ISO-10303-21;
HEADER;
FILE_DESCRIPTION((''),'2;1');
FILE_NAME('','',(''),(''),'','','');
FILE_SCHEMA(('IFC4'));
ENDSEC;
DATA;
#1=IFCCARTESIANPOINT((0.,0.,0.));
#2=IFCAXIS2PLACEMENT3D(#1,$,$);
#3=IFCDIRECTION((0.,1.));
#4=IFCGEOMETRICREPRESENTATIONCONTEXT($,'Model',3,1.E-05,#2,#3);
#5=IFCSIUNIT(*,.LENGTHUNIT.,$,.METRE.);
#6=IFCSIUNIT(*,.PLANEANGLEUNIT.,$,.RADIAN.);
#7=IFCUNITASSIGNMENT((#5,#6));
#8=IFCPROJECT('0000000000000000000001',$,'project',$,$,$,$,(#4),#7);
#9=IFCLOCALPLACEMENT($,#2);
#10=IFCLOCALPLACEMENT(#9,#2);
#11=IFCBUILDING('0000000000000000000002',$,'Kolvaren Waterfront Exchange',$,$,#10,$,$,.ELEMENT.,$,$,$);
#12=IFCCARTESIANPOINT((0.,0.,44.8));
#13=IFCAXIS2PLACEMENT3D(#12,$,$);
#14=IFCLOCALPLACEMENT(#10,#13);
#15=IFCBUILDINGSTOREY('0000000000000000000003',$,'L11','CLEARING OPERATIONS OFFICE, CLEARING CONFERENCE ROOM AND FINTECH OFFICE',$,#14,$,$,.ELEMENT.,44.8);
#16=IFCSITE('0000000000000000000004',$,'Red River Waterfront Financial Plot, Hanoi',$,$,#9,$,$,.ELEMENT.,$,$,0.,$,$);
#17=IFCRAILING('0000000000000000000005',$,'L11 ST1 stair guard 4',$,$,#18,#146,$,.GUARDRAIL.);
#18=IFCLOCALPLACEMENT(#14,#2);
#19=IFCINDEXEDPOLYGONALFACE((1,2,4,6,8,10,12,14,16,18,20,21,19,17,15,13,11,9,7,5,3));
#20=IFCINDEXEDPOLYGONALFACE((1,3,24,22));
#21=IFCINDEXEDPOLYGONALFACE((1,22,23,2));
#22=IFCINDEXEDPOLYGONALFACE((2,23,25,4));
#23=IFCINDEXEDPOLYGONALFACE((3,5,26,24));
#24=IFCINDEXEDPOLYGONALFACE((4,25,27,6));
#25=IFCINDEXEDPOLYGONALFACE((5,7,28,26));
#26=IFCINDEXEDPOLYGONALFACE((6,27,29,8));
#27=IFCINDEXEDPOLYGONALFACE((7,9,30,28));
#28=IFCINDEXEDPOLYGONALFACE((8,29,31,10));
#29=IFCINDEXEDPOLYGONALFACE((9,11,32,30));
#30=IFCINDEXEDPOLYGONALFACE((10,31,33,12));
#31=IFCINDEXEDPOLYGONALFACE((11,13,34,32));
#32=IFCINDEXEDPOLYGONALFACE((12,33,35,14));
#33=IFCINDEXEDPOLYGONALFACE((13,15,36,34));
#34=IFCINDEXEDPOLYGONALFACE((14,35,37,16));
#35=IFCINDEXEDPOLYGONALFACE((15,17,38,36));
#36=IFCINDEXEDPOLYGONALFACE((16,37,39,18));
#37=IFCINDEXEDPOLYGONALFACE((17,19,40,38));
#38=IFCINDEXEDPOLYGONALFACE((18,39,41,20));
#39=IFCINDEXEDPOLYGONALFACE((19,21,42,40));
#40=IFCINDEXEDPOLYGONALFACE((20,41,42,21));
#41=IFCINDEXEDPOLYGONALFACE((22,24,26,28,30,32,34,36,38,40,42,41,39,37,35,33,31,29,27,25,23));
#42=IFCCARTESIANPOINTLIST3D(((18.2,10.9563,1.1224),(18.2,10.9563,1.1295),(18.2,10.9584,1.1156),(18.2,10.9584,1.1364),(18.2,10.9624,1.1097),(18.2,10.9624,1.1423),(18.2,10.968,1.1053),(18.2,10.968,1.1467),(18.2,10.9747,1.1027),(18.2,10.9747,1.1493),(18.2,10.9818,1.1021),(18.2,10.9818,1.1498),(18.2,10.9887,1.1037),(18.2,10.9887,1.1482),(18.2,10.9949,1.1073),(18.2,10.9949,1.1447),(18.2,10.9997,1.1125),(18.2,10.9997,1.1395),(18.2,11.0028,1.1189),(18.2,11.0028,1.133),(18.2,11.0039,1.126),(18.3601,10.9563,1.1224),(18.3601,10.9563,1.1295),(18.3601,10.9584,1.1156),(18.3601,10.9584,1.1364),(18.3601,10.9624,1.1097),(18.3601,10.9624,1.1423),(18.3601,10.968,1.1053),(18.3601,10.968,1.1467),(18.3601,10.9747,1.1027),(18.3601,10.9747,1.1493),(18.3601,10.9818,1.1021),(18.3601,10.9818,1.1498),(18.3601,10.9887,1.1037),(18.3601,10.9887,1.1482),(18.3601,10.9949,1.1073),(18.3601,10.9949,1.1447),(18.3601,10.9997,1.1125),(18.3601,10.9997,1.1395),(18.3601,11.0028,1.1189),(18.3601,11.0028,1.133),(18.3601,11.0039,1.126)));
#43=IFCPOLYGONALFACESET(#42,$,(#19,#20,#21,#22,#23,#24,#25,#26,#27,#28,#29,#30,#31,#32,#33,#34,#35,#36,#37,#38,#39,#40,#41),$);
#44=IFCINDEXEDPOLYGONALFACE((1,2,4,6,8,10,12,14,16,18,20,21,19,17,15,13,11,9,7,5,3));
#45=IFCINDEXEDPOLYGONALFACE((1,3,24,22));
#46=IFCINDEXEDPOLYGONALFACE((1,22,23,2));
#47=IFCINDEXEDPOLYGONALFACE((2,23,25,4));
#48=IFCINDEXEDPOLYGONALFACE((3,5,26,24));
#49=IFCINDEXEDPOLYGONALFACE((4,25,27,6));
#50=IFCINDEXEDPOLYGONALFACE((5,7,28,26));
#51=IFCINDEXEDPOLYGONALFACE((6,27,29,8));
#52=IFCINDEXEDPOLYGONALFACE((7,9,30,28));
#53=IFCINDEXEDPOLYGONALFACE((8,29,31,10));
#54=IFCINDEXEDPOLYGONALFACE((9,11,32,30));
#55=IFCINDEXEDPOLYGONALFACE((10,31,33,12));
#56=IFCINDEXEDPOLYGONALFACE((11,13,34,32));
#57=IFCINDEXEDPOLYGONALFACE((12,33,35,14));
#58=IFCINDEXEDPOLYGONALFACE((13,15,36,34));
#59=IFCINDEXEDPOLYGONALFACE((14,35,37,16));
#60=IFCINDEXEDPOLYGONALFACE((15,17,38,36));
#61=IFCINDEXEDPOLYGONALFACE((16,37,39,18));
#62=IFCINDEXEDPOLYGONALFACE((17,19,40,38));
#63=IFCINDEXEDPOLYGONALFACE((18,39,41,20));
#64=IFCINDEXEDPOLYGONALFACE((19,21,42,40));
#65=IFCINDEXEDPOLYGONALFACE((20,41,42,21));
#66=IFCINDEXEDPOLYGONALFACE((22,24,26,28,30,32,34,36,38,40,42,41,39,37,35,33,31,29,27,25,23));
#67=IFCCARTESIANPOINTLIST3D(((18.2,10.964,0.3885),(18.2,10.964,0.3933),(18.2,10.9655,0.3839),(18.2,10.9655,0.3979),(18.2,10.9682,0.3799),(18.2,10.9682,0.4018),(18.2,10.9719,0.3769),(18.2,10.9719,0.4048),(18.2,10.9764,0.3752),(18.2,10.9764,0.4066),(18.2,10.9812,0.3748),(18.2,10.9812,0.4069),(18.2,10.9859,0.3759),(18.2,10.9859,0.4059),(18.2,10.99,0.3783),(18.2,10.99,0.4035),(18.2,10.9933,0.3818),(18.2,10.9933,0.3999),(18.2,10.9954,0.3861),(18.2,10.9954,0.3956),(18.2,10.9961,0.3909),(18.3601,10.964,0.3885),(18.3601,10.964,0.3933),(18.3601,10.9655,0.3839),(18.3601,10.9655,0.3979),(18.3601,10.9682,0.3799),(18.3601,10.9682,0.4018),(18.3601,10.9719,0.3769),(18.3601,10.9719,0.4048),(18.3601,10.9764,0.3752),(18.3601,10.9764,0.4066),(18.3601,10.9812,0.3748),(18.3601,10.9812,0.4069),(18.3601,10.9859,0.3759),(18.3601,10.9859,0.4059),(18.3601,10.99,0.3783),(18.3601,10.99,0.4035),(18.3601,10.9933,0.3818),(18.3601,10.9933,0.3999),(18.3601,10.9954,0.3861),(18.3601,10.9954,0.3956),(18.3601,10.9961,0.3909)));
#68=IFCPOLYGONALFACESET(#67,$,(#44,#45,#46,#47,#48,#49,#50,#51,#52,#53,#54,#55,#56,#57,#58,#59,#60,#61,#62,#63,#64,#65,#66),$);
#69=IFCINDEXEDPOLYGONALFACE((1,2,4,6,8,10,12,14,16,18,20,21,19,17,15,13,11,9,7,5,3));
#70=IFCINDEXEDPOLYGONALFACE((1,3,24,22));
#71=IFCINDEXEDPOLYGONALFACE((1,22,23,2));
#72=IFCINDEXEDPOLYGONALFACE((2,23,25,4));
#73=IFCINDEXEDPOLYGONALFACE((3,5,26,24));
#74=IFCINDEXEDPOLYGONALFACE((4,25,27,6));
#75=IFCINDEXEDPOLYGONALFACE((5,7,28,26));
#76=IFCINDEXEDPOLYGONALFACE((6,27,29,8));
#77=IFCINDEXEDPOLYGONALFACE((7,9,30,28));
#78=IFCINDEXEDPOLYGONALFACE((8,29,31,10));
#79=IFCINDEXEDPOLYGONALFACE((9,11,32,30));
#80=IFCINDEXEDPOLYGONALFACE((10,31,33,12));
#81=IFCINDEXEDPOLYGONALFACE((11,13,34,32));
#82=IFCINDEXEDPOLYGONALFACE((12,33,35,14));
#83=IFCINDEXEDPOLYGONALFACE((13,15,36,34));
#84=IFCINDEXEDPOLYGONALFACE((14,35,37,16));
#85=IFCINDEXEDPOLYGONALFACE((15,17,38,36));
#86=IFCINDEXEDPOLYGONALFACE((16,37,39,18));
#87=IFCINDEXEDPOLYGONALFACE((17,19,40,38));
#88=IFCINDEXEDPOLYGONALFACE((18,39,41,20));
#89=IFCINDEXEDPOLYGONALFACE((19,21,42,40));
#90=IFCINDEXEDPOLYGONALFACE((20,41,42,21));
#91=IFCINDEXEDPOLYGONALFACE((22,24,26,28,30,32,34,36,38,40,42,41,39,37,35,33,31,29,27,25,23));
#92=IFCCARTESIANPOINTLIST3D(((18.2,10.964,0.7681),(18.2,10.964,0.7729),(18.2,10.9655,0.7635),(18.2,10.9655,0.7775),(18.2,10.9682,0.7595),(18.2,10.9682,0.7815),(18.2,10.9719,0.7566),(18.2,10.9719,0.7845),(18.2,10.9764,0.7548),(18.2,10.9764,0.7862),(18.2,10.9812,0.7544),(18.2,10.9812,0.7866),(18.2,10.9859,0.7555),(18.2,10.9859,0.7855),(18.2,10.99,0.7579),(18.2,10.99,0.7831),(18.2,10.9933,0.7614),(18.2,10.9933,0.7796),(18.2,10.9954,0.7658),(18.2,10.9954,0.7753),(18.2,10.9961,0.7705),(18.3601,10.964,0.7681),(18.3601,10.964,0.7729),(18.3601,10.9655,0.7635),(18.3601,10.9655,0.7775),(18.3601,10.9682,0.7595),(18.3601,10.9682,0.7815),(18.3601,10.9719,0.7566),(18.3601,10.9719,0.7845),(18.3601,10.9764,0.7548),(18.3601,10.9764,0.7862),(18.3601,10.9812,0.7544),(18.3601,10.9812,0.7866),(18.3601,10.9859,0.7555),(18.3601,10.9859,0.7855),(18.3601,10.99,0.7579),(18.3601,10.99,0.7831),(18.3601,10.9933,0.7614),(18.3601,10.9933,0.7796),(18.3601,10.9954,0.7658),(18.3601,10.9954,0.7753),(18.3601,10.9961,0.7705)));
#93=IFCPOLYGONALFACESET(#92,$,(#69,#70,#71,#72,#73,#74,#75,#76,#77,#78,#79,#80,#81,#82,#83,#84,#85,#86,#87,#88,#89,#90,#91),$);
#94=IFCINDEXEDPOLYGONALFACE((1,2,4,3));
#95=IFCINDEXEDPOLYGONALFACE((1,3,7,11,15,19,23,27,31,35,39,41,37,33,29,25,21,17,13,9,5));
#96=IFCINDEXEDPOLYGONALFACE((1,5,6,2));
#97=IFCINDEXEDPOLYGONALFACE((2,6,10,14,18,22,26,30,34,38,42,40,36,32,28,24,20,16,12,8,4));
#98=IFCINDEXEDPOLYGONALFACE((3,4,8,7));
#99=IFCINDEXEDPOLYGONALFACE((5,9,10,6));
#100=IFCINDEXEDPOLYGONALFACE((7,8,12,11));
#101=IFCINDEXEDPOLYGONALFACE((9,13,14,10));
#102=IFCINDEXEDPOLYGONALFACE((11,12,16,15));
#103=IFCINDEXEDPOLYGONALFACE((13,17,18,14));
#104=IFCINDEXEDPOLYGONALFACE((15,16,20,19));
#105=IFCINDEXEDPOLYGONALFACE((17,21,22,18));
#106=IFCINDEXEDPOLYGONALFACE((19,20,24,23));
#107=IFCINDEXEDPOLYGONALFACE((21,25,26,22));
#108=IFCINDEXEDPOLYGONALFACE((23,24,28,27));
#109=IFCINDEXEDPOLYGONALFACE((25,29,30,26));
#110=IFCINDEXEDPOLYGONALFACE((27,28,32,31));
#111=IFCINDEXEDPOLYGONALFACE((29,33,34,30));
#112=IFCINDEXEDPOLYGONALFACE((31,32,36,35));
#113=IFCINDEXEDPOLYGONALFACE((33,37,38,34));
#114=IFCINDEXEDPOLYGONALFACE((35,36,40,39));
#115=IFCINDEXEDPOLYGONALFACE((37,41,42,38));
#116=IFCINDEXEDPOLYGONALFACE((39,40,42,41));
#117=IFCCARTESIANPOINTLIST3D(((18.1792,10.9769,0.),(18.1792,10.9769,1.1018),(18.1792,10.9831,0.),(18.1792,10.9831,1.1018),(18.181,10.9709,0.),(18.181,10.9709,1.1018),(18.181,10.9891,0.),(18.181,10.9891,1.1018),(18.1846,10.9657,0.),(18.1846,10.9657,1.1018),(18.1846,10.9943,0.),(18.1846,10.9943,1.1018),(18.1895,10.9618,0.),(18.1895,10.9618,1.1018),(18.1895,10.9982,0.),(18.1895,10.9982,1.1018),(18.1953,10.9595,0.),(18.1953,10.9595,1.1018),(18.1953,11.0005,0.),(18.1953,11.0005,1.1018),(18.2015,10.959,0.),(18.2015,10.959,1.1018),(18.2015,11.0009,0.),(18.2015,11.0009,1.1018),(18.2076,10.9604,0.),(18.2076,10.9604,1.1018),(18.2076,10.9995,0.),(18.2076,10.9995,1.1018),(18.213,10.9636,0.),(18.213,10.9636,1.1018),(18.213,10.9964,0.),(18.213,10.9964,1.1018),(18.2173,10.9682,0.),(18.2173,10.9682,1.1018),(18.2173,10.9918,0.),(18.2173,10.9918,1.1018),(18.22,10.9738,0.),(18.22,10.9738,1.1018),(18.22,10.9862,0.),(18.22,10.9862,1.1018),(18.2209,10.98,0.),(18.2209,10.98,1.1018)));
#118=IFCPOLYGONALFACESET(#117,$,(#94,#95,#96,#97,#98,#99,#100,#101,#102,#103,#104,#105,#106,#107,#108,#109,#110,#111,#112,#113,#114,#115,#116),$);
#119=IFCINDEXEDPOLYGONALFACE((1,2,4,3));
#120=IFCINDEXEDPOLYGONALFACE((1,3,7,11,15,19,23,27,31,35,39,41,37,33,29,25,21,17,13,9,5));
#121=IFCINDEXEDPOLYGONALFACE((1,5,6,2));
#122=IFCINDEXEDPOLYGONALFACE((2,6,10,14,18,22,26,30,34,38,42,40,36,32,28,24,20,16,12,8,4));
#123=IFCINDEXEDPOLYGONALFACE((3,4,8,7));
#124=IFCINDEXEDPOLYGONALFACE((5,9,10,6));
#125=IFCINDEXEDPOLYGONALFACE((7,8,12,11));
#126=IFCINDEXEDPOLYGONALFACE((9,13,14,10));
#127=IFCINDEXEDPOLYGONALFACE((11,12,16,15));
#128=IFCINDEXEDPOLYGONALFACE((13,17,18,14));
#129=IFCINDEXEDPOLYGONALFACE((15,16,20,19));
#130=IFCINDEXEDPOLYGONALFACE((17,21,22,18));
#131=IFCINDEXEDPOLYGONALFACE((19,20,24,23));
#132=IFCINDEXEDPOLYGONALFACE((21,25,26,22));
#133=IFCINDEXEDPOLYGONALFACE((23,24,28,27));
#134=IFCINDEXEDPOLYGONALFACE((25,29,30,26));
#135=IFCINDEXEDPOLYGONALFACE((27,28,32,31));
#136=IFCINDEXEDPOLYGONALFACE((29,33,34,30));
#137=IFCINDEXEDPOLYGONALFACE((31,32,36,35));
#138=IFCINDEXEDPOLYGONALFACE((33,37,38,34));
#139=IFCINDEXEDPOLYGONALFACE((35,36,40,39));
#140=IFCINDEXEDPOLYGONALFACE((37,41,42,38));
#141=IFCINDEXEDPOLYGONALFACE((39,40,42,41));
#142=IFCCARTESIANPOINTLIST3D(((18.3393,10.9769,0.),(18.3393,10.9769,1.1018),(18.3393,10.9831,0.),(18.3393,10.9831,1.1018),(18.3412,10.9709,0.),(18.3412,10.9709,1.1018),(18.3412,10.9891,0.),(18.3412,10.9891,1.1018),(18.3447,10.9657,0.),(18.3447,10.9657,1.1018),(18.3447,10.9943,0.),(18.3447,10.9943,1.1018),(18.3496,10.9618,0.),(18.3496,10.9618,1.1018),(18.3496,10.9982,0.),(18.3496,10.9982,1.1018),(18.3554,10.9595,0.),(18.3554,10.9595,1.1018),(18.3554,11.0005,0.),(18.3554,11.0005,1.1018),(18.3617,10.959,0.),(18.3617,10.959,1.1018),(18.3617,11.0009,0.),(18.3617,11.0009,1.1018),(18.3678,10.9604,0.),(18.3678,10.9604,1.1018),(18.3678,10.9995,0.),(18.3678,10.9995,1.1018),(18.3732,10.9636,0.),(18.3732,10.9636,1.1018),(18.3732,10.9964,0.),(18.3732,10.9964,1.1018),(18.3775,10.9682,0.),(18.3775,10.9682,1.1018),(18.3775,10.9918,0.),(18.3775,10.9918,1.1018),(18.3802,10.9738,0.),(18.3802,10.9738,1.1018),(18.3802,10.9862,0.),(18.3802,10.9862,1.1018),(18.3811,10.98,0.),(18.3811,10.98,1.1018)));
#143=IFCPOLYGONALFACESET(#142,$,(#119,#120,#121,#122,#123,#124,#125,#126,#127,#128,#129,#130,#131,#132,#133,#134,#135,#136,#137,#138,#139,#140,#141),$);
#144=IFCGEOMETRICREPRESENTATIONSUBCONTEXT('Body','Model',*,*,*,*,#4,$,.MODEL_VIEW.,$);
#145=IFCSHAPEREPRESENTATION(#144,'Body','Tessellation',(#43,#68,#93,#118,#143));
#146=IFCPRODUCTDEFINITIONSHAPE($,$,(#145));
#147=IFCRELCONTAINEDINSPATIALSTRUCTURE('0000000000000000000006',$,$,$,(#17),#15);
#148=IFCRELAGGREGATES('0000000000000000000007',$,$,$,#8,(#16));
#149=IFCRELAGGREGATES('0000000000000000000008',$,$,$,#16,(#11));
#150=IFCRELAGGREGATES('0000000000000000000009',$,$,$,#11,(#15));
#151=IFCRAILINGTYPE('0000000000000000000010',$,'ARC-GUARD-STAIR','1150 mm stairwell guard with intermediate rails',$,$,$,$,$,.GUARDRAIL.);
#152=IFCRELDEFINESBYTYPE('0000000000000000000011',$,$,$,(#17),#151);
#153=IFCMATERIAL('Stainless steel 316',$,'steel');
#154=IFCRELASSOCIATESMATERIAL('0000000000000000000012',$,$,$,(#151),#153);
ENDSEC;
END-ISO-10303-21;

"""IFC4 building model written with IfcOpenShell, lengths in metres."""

from ifc_helpers import new_model, si_unit, direction, frame, origin, origin_2d, place, context, subcontext, project, spatial, circle, extrude, material, type_object, element, save


model = new_model("IFC4")

# Units and contexts
model_context = context("Model", 3, precision=1e-05, world=origin(), true_north=direction((0.0, 1.0)))
body_context = subcontext(model_context, "Body", "Model", "MODEL_VIEW")
ifc_project = project(units=[si_unit("LENGTHUNIT", "METRE"), si_unit("PLANEANGLEUNIT", "RADIAN")], contexts=[model_context])

# Site, building, storey
site_placement = place(None, origin())
site = spatial("IfcSite", under=ifc_project, at=site_placement, Name="Red River Waterfront Financial Plot, Hanoi", CompositionType="ELEMENT", RefElevation=0.0)
building_placement = place(site_placement, origin())
building = spatial("IfcBuilding", under=site, at=building_placement, Name="Kolvaren Waterfront Exchange", CompositionType="ELEMENT")
storey_placement = place(building_placement, frame((0.0, 0.0, 44.8)))
storey = spatial("IfcBuildingStorey", under=building, at=storey_placement, Name="L11", Description="CLEARING OPERATIONS OFFICE, CLEARING CONFERENCE ROOM AND FINTECH OFFICE", CompositionType="ELEMENT", Elevation=44.8)

# Railing
ifc_material_1 = material(Name="Stainless steel 316", Category="steel")
railing_type_1 = type_object("IfcRailingType", Name="ARC-GUARD-STAIR", Description="1150 mm stairwell guard with intermediate rails", PredefinedType="GUARDRAIL", material=ifc_material_1)
railing_1_placement = place(storey_placement, frame((18.2, 10.98, 0.0)))
element("IfcRailing", 1, at=railing_1_placement, inside=storey, type_object=railing_type_1, Name="L11 ST1 stair guard 4", PredefinedType="GUARDRAIL", context=body_context, shape_type="SweptSolid", body=[
    extrude(circle(Radius=0.0239, at=origin_2d()), frame((0.0, 0.0, 1.126), z_axis=(1.0, 0.0, 0.0), x_axis=(0.0, 1.0, 0.0)), (0.0, 0.0, 1.0), 0.1602),
    extrude(circle(Radius=0.0161, at=origin_2d()), frame((0.0, 0.0, 0.3909), z_axis=(1.0, 0.0, 0.0), x_axis=(0.0, 1.0, 0.0)), (0.0, 0.0, 1.0), 0.1602),
    extrude(circle(Radius=0.0161, at=origin_2d()), frame((0.0, 0.0, 0.7705), z_axis=(1.0, 0.0, 0.0), x_axis=(0.0, 1.0, 0.0)), (0.0, 0.0, 1.0), 0.1602),
    extrude(circle(Radius=0.021, at=origin_2d()), origin(), (0.0, 0.0, 1.0), 1.1018),
    extrude(circle(Radius=0.021, at=origin_2d()), frame((0.1602, 0.0, 0.0)), (0.0, 0.0, 1.0), 1.1018),
])

save(model, "model.ifc")
